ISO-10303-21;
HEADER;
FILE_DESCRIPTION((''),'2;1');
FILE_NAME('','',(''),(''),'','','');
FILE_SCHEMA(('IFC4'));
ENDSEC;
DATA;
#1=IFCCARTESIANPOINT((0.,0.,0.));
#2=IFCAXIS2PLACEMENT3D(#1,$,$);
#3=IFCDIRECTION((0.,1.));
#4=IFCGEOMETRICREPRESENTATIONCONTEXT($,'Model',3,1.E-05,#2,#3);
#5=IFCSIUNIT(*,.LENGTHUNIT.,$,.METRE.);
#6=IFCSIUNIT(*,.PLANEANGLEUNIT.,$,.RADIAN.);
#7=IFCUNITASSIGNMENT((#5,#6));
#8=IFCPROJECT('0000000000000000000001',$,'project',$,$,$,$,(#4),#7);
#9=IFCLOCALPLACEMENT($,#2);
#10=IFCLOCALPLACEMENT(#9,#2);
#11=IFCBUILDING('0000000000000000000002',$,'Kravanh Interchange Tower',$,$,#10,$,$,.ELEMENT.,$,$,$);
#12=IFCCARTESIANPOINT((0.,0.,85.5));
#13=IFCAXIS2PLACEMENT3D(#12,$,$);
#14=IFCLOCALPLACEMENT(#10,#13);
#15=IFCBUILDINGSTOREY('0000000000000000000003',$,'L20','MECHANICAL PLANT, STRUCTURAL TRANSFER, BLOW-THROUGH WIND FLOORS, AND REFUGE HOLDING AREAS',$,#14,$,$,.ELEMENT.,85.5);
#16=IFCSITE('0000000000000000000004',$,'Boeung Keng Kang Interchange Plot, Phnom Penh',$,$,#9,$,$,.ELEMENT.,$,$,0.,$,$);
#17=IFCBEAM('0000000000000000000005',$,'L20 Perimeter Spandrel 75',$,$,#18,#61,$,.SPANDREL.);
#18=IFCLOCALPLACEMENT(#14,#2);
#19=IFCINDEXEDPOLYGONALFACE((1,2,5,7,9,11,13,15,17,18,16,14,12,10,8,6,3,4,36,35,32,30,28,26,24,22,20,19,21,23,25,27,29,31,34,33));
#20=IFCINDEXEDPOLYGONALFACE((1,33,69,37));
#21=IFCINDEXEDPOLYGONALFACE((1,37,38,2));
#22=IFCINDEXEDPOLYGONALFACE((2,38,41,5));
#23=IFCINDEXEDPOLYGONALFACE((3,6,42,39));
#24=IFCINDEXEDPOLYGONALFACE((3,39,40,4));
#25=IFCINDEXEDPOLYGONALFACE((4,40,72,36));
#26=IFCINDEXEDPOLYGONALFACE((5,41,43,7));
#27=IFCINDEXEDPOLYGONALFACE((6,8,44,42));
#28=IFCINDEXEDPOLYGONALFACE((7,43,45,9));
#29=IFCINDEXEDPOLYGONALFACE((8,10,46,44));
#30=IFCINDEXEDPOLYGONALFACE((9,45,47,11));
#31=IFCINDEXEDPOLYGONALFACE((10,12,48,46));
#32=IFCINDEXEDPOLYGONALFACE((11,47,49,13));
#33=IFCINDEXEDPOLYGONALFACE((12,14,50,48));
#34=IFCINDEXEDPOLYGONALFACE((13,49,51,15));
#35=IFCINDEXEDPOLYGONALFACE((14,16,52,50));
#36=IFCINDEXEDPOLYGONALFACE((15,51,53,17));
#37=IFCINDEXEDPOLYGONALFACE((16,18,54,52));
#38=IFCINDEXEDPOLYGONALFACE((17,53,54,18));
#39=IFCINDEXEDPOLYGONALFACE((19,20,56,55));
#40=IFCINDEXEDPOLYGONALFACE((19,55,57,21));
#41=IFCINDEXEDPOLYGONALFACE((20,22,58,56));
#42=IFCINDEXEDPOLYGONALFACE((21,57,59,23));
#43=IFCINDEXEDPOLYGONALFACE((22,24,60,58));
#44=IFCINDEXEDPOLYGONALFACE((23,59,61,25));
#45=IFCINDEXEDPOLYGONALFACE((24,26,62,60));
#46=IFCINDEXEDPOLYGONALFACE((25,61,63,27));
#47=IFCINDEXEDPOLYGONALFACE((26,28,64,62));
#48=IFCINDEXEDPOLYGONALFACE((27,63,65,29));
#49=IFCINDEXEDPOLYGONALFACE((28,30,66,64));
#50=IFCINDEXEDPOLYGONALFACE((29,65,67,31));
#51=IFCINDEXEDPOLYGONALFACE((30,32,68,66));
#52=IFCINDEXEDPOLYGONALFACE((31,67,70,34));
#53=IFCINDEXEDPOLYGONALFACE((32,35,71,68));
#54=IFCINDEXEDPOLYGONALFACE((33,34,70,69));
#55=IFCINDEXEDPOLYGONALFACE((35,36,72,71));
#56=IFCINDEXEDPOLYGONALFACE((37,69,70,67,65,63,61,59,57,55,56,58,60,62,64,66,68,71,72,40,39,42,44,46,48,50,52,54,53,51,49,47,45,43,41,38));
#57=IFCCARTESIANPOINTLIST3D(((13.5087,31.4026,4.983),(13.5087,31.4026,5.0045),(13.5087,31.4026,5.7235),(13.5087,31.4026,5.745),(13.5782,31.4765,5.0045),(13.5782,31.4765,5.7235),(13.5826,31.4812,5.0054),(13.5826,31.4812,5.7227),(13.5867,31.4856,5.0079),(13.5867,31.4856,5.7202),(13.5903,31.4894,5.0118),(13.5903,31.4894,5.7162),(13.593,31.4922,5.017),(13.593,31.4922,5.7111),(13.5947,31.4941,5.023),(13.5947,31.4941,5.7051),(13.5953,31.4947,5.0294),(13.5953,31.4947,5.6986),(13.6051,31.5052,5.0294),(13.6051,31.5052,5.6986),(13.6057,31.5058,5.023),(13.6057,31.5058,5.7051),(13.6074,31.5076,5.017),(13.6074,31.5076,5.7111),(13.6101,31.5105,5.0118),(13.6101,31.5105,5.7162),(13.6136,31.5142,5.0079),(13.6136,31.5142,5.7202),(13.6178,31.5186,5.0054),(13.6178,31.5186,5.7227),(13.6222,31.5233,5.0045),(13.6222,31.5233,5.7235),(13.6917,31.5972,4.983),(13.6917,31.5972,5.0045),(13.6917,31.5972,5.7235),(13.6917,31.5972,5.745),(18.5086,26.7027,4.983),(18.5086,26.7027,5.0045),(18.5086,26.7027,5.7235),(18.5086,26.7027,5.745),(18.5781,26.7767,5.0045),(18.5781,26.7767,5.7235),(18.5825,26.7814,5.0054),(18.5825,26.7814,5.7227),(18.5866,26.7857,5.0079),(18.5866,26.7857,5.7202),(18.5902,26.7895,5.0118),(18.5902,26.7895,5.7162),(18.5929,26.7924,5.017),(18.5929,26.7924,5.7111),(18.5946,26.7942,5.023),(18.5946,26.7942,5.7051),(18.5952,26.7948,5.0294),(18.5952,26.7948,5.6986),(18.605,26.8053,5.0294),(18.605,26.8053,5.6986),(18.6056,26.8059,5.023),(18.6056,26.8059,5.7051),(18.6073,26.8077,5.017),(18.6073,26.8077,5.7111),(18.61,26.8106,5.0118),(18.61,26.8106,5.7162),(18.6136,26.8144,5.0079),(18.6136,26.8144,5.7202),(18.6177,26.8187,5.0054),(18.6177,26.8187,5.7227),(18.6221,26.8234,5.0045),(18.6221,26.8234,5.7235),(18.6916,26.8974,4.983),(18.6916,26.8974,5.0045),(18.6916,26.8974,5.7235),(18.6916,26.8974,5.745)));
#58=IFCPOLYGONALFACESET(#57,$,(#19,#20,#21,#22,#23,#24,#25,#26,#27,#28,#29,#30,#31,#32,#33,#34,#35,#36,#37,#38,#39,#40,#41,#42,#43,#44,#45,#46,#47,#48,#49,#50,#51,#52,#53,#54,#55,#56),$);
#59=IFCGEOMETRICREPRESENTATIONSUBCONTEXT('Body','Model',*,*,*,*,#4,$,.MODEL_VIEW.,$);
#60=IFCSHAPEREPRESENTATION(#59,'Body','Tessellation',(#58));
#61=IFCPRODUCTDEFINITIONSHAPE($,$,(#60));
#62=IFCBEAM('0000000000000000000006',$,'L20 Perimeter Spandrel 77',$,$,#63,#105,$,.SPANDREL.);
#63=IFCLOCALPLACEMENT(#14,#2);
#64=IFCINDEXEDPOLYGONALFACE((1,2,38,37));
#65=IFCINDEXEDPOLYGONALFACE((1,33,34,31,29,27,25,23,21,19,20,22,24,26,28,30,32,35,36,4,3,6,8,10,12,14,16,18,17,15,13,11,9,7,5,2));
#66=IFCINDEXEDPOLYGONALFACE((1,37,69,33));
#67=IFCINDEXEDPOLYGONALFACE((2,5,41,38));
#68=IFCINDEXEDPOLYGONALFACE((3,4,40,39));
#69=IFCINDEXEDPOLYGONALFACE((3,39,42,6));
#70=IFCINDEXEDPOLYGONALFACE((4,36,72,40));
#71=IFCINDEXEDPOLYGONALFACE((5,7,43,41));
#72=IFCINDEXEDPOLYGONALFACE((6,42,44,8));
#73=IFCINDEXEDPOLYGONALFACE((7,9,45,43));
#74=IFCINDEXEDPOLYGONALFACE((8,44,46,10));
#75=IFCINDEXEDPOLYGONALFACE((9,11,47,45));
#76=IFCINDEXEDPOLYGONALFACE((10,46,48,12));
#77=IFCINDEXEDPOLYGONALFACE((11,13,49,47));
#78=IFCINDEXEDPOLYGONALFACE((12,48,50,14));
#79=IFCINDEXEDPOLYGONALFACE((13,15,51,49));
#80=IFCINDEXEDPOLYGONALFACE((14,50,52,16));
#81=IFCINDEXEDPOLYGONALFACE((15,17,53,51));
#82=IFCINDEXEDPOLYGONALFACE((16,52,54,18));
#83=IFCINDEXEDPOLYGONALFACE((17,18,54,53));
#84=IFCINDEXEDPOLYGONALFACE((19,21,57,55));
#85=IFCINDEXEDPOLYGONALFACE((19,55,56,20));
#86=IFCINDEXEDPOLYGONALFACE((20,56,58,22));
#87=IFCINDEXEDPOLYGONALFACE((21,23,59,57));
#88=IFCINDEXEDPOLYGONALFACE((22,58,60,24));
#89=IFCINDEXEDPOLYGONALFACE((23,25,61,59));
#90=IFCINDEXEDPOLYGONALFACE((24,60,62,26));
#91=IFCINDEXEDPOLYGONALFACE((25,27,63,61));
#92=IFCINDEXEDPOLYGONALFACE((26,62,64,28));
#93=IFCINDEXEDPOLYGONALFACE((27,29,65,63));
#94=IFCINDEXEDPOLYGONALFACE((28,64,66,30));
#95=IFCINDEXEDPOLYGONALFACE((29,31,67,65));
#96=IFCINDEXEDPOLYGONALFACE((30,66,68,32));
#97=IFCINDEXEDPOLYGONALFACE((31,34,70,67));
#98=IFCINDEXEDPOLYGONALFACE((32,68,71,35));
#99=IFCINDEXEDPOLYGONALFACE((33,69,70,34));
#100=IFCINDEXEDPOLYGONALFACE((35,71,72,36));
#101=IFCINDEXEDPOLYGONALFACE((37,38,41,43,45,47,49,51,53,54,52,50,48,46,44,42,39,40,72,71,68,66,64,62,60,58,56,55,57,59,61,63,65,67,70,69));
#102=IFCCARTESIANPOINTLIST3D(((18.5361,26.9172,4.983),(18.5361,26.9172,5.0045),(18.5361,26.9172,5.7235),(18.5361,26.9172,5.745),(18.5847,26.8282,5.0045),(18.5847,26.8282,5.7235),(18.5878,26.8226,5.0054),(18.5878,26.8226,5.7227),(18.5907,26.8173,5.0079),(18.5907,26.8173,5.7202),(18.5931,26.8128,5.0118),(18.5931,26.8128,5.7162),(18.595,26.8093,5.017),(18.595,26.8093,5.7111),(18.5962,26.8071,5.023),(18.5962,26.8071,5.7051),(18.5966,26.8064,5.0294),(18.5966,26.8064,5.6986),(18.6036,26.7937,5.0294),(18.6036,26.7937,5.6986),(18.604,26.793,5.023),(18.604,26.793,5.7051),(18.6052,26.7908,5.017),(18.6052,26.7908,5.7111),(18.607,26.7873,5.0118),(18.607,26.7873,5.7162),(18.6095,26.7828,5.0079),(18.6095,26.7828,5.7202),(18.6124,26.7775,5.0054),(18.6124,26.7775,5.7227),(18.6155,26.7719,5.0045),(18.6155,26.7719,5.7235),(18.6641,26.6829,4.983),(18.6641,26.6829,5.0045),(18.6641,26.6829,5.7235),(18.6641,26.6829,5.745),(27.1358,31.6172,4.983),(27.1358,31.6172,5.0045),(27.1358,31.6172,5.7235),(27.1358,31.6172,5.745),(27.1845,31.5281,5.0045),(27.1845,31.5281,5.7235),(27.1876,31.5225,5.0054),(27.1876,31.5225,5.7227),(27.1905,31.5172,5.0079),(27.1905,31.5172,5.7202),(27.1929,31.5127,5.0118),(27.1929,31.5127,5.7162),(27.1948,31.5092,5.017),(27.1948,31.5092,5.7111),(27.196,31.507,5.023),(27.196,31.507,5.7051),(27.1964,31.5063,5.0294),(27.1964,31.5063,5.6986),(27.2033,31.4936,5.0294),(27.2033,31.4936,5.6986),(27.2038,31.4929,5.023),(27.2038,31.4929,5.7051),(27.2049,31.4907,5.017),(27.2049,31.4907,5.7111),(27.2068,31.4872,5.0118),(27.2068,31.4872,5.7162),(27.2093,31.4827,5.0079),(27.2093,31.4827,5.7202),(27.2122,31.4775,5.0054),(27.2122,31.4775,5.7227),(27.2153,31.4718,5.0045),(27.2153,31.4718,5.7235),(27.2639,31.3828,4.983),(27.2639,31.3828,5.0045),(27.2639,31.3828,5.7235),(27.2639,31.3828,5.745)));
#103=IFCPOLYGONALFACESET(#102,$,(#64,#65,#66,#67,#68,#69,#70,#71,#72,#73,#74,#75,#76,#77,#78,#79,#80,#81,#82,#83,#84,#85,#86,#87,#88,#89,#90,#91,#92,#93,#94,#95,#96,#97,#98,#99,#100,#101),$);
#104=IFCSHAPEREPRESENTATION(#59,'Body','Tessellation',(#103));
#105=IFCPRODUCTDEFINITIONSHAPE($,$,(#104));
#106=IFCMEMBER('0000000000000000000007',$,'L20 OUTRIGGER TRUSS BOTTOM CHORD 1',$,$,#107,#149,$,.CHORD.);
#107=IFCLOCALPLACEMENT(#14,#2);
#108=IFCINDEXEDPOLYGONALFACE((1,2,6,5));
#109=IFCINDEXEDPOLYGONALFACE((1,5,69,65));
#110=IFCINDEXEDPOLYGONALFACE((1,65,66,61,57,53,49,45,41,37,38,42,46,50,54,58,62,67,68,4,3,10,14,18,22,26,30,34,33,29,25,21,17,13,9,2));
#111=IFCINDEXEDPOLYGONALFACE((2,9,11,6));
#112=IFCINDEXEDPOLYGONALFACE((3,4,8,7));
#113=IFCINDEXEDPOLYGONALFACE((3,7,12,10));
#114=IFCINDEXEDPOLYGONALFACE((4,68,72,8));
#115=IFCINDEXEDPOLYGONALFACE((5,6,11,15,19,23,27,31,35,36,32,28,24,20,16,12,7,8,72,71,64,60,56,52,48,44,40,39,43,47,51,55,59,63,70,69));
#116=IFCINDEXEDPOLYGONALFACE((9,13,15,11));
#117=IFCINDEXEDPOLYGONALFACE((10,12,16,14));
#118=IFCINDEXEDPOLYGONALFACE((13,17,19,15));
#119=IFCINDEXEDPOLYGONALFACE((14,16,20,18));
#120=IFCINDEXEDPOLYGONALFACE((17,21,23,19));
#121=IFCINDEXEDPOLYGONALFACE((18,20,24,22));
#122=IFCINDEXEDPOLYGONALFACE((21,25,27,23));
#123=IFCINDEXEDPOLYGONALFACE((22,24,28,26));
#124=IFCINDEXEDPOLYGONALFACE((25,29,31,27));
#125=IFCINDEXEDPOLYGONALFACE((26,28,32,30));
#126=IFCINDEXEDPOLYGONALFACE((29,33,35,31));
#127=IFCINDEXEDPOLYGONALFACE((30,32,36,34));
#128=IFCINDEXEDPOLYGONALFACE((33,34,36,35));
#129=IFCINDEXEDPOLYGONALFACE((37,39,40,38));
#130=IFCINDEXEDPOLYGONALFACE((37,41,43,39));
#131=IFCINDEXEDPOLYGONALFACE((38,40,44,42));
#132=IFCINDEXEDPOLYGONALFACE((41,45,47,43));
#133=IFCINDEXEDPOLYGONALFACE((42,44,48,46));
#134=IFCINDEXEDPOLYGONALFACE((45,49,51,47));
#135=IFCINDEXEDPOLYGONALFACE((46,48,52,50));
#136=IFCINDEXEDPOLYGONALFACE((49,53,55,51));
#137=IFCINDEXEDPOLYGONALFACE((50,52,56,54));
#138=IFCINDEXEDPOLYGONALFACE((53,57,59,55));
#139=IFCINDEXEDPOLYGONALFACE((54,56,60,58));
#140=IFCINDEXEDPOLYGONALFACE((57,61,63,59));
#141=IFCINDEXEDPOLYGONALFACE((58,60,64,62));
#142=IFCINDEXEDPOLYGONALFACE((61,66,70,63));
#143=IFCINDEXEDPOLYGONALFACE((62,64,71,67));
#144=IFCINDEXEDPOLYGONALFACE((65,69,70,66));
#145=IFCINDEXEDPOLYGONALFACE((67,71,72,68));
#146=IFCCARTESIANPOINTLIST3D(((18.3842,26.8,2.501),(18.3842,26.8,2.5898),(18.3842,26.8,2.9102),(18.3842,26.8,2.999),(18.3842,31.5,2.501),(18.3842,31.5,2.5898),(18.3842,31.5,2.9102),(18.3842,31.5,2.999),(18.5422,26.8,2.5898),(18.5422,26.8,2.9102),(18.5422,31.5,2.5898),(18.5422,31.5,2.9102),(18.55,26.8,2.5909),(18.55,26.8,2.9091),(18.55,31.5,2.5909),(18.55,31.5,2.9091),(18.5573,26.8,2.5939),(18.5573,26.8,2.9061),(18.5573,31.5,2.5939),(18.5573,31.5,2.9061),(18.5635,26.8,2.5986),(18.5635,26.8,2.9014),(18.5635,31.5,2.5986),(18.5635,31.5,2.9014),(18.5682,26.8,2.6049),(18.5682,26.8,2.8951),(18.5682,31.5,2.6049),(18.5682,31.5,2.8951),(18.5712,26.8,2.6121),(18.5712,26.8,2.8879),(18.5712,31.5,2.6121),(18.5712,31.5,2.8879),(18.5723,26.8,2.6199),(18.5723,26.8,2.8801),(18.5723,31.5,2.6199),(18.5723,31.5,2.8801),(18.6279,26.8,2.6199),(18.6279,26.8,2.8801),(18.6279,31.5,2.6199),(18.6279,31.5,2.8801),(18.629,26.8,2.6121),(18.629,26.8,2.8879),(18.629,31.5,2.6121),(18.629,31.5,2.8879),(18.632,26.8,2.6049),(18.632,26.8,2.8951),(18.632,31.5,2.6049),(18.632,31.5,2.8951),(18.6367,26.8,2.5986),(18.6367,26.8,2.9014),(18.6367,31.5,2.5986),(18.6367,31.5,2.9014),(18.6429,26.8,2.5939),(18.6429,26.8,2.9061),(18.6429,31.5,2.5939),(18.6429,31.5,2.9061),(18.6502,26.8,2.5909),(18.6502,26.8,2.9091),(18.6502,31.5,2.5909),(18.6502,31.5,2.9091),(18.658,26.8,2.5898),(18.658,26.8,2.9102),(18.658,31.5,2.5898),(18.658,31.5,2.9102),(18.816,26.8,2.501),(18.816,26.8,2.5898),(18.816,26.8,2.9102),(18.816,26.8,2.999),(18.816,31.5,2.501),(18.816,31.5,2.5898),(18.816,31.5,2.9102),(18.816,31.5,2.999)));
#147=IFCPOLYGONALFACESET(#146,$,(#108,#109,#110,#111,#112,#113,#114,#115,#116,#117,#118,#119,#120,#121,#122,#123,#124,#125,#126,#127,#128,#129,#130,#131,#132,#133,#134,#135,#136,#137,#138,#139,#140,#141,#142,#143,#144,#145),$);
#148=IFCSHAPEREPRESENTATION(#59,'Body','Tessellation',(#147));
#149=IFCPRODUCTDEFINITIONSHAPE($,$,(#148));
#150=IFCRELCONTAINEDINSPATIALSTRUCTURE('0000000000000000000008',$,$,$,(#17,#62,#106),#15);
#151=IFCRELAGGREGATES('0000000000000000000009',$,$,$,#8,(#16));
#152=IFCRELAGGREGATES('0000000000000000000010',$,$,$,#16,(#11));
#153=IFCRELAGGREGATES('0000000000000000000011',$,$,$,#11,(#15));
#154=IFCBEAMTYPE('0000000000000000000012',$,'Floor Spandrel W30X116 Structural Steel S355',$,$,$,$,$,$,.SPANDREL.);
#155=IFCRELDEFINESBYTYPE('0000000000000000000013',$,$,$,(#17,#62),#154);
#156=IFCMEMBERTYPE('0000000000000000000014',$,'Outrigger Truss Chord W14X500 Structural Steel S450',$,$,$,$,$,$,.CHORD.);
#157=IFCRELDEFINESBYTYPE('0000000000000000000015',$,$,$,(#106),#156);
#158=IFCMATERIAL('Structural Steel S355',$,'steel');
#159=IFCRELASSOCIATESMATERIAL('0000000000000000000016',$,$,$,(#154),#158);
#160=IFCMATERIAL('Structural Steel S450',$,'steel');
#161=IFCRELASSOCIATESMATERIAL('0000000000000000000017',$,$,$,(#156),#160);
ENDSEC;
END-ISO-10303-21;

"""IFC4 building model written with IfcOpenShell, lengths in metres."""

from ifc_helpers import new_model, si_unit, direction, frame, origin, origin_2d, place, context, subcontext, project, spatial, i_section, extrude, material, material_profile, profile_set, type_object, element, save


model = new_model("IFC4")

# Units and contexts
model_context = context("Model", 3, precision=1e-05, world=origin(), true_north=direction((0.0, 1.0)))
body_context = subcontext(model_context, "Body", "Model", "MODEL_VIEW")
ifc_project = project(units=[si_unit("LENGTHUNIT", "METRE"), si_unit("PLANEANGLEUNIT", "RADIAN")], contexts=[model_context])

# Site, building, storey
site_placement = place(None, origin())
site = spatial("IfcSite", under=ifc_project, at=site_placement, Name="Boeung Keng Kang Interchange Plot, Phnom Penh", CompositionType="ELEMENT", RefElevation=0.0)
building_placement = place(site_placement, origin())
building = spatial("IfcBuilding", under=site, at=building_placement, Name="Kravanh Interchange Tower", CompositionType="ELEMENT")
storey_placement = place(building_placement, frame((0.0, 0.0, 85.5)))
storey = spatial("IfcBuildingStorey", under=building, at=storey_placement, Name="L20", Description="MECHANICAL PLANT, STRUCTURAL TRANSFER, BLOW-THROUGH WIND FLOORS, AND REFUGE HOLDING AREAS", CompositionType="ELEMENT", Elevation=85.5)

# Beams
ifc_material_1 = material(Name="Structural Steel S355", Category="steel")
ifc_material_profile_1 = material_profile(ifc_material_1, i_section(OverallWidth=0.2671, OverallDepth=0.762, WebThickness=0.0144, FlangeThickness=0.0215, FilletRadius=0.0249, at=origin_2d()), Name="W30X116")
ifc_profile_set_1 = profile_set([ifc_material_profile_1], Name="Structural Steel S355")
beam_type_1 = type_object("IfcBeamType", Name="Floor Spandrel W30X116 Structural Steel S355", PredefinedType="SPANDREL", material=ifc_profile_set_1)
beam_1_placement = place(storey_placement, frame((18.6001, 26.8, 5.364), z_axis=(-0.728631, 0.684906, 0.0), x_axis=(-0.684906, -0.728631, 0.0)))
element("IfcBeam", 1, at=beam_1_placement, inside=storey, type_object=beam_type_1, Name="L20 Perimeter Spandrel 75", PredefinedType="SPANDREL", context=body_context, shape_type="SweptSolid", body=[
    extrude(i_section(OverallWidth=0.2671, OverallDepth=0.762, WebThickness=0.0144, FlangeThickness=0.0215, FilletRadius=0.0249, at=origin_2d()), origin(), (0.0, 0.0, 1.0), 6.8621),
])
beam_2_placement = place(storey_placement, frame((18.6001, 26.8, 5.364), z_axis=(0.877504, 0.479569, 0.0), x_axis=(-0.479569, 0.877504, 0.0)))
element("IfcBeam", 2, at=beam_2_placement, inside=storey, type_object=beam_type_1, Name="L20 Perimeter Spandrel 77", PredefinedType="SPANDREL", context=body_context, shape_type="SweptSolid", body=[
    extrude(i_section(OverallWidth=0.2671, OverallDepth=0.762, WebThickness=0.0144, FlangeThickness=0.0215, FilletRadius=0.0249, at=origin_2d()), origin(), (0.0, 0.0, 1.0), 9.8003),
])

# Member
ifc_material_2 = material(Name="Structural Steel S450", Category="steel")
ifc_material_profile_2 = material_profile(ifc_material_2, i_section(OverallWidth=0.4319, OverallDepth=0.498, WebThickness=0.0557, FlangeThickness=0.0889, FilletRadius=0.03, at=origin_2d()), Name="W14X500")
ifc_profile_set_2 = profile_set([ifc_material_profile_2], Name="Structural Steel S450")
member_type_1 = type_object("IfcMemberType", Name="Outrigger Truss Chord W14X500 Structural Steel S450", PredefinedType="CHORD", material=ifc_profile_set_2)
member_placement = place(storey_placement, frame((18.6001, 31.5, 2.75), z_axis=(0.0, -1.0, 0.0), x_axis=(1.0, 0.0, 0.0)))
element("IfcMember", 3, at=member_placement, inside=storey, type_object=member_type_1, Name="L20 OUTRIGGER TRUSS BOTTOM CHORD 1", PredefinedType="CHORD", context=body_context, shape_type="SweptSolid", body=[
    extrude(i_section(OverallWidth=0.4319, OverallDepth=0.498, WebThickness=0.0557, FlangeThickness=0.0889, FilletRadius=0.03, at=origin_2d()), origin(), (0.0, 0.0, 1.0), 4.7),
])

save(model, "model.ifc")
